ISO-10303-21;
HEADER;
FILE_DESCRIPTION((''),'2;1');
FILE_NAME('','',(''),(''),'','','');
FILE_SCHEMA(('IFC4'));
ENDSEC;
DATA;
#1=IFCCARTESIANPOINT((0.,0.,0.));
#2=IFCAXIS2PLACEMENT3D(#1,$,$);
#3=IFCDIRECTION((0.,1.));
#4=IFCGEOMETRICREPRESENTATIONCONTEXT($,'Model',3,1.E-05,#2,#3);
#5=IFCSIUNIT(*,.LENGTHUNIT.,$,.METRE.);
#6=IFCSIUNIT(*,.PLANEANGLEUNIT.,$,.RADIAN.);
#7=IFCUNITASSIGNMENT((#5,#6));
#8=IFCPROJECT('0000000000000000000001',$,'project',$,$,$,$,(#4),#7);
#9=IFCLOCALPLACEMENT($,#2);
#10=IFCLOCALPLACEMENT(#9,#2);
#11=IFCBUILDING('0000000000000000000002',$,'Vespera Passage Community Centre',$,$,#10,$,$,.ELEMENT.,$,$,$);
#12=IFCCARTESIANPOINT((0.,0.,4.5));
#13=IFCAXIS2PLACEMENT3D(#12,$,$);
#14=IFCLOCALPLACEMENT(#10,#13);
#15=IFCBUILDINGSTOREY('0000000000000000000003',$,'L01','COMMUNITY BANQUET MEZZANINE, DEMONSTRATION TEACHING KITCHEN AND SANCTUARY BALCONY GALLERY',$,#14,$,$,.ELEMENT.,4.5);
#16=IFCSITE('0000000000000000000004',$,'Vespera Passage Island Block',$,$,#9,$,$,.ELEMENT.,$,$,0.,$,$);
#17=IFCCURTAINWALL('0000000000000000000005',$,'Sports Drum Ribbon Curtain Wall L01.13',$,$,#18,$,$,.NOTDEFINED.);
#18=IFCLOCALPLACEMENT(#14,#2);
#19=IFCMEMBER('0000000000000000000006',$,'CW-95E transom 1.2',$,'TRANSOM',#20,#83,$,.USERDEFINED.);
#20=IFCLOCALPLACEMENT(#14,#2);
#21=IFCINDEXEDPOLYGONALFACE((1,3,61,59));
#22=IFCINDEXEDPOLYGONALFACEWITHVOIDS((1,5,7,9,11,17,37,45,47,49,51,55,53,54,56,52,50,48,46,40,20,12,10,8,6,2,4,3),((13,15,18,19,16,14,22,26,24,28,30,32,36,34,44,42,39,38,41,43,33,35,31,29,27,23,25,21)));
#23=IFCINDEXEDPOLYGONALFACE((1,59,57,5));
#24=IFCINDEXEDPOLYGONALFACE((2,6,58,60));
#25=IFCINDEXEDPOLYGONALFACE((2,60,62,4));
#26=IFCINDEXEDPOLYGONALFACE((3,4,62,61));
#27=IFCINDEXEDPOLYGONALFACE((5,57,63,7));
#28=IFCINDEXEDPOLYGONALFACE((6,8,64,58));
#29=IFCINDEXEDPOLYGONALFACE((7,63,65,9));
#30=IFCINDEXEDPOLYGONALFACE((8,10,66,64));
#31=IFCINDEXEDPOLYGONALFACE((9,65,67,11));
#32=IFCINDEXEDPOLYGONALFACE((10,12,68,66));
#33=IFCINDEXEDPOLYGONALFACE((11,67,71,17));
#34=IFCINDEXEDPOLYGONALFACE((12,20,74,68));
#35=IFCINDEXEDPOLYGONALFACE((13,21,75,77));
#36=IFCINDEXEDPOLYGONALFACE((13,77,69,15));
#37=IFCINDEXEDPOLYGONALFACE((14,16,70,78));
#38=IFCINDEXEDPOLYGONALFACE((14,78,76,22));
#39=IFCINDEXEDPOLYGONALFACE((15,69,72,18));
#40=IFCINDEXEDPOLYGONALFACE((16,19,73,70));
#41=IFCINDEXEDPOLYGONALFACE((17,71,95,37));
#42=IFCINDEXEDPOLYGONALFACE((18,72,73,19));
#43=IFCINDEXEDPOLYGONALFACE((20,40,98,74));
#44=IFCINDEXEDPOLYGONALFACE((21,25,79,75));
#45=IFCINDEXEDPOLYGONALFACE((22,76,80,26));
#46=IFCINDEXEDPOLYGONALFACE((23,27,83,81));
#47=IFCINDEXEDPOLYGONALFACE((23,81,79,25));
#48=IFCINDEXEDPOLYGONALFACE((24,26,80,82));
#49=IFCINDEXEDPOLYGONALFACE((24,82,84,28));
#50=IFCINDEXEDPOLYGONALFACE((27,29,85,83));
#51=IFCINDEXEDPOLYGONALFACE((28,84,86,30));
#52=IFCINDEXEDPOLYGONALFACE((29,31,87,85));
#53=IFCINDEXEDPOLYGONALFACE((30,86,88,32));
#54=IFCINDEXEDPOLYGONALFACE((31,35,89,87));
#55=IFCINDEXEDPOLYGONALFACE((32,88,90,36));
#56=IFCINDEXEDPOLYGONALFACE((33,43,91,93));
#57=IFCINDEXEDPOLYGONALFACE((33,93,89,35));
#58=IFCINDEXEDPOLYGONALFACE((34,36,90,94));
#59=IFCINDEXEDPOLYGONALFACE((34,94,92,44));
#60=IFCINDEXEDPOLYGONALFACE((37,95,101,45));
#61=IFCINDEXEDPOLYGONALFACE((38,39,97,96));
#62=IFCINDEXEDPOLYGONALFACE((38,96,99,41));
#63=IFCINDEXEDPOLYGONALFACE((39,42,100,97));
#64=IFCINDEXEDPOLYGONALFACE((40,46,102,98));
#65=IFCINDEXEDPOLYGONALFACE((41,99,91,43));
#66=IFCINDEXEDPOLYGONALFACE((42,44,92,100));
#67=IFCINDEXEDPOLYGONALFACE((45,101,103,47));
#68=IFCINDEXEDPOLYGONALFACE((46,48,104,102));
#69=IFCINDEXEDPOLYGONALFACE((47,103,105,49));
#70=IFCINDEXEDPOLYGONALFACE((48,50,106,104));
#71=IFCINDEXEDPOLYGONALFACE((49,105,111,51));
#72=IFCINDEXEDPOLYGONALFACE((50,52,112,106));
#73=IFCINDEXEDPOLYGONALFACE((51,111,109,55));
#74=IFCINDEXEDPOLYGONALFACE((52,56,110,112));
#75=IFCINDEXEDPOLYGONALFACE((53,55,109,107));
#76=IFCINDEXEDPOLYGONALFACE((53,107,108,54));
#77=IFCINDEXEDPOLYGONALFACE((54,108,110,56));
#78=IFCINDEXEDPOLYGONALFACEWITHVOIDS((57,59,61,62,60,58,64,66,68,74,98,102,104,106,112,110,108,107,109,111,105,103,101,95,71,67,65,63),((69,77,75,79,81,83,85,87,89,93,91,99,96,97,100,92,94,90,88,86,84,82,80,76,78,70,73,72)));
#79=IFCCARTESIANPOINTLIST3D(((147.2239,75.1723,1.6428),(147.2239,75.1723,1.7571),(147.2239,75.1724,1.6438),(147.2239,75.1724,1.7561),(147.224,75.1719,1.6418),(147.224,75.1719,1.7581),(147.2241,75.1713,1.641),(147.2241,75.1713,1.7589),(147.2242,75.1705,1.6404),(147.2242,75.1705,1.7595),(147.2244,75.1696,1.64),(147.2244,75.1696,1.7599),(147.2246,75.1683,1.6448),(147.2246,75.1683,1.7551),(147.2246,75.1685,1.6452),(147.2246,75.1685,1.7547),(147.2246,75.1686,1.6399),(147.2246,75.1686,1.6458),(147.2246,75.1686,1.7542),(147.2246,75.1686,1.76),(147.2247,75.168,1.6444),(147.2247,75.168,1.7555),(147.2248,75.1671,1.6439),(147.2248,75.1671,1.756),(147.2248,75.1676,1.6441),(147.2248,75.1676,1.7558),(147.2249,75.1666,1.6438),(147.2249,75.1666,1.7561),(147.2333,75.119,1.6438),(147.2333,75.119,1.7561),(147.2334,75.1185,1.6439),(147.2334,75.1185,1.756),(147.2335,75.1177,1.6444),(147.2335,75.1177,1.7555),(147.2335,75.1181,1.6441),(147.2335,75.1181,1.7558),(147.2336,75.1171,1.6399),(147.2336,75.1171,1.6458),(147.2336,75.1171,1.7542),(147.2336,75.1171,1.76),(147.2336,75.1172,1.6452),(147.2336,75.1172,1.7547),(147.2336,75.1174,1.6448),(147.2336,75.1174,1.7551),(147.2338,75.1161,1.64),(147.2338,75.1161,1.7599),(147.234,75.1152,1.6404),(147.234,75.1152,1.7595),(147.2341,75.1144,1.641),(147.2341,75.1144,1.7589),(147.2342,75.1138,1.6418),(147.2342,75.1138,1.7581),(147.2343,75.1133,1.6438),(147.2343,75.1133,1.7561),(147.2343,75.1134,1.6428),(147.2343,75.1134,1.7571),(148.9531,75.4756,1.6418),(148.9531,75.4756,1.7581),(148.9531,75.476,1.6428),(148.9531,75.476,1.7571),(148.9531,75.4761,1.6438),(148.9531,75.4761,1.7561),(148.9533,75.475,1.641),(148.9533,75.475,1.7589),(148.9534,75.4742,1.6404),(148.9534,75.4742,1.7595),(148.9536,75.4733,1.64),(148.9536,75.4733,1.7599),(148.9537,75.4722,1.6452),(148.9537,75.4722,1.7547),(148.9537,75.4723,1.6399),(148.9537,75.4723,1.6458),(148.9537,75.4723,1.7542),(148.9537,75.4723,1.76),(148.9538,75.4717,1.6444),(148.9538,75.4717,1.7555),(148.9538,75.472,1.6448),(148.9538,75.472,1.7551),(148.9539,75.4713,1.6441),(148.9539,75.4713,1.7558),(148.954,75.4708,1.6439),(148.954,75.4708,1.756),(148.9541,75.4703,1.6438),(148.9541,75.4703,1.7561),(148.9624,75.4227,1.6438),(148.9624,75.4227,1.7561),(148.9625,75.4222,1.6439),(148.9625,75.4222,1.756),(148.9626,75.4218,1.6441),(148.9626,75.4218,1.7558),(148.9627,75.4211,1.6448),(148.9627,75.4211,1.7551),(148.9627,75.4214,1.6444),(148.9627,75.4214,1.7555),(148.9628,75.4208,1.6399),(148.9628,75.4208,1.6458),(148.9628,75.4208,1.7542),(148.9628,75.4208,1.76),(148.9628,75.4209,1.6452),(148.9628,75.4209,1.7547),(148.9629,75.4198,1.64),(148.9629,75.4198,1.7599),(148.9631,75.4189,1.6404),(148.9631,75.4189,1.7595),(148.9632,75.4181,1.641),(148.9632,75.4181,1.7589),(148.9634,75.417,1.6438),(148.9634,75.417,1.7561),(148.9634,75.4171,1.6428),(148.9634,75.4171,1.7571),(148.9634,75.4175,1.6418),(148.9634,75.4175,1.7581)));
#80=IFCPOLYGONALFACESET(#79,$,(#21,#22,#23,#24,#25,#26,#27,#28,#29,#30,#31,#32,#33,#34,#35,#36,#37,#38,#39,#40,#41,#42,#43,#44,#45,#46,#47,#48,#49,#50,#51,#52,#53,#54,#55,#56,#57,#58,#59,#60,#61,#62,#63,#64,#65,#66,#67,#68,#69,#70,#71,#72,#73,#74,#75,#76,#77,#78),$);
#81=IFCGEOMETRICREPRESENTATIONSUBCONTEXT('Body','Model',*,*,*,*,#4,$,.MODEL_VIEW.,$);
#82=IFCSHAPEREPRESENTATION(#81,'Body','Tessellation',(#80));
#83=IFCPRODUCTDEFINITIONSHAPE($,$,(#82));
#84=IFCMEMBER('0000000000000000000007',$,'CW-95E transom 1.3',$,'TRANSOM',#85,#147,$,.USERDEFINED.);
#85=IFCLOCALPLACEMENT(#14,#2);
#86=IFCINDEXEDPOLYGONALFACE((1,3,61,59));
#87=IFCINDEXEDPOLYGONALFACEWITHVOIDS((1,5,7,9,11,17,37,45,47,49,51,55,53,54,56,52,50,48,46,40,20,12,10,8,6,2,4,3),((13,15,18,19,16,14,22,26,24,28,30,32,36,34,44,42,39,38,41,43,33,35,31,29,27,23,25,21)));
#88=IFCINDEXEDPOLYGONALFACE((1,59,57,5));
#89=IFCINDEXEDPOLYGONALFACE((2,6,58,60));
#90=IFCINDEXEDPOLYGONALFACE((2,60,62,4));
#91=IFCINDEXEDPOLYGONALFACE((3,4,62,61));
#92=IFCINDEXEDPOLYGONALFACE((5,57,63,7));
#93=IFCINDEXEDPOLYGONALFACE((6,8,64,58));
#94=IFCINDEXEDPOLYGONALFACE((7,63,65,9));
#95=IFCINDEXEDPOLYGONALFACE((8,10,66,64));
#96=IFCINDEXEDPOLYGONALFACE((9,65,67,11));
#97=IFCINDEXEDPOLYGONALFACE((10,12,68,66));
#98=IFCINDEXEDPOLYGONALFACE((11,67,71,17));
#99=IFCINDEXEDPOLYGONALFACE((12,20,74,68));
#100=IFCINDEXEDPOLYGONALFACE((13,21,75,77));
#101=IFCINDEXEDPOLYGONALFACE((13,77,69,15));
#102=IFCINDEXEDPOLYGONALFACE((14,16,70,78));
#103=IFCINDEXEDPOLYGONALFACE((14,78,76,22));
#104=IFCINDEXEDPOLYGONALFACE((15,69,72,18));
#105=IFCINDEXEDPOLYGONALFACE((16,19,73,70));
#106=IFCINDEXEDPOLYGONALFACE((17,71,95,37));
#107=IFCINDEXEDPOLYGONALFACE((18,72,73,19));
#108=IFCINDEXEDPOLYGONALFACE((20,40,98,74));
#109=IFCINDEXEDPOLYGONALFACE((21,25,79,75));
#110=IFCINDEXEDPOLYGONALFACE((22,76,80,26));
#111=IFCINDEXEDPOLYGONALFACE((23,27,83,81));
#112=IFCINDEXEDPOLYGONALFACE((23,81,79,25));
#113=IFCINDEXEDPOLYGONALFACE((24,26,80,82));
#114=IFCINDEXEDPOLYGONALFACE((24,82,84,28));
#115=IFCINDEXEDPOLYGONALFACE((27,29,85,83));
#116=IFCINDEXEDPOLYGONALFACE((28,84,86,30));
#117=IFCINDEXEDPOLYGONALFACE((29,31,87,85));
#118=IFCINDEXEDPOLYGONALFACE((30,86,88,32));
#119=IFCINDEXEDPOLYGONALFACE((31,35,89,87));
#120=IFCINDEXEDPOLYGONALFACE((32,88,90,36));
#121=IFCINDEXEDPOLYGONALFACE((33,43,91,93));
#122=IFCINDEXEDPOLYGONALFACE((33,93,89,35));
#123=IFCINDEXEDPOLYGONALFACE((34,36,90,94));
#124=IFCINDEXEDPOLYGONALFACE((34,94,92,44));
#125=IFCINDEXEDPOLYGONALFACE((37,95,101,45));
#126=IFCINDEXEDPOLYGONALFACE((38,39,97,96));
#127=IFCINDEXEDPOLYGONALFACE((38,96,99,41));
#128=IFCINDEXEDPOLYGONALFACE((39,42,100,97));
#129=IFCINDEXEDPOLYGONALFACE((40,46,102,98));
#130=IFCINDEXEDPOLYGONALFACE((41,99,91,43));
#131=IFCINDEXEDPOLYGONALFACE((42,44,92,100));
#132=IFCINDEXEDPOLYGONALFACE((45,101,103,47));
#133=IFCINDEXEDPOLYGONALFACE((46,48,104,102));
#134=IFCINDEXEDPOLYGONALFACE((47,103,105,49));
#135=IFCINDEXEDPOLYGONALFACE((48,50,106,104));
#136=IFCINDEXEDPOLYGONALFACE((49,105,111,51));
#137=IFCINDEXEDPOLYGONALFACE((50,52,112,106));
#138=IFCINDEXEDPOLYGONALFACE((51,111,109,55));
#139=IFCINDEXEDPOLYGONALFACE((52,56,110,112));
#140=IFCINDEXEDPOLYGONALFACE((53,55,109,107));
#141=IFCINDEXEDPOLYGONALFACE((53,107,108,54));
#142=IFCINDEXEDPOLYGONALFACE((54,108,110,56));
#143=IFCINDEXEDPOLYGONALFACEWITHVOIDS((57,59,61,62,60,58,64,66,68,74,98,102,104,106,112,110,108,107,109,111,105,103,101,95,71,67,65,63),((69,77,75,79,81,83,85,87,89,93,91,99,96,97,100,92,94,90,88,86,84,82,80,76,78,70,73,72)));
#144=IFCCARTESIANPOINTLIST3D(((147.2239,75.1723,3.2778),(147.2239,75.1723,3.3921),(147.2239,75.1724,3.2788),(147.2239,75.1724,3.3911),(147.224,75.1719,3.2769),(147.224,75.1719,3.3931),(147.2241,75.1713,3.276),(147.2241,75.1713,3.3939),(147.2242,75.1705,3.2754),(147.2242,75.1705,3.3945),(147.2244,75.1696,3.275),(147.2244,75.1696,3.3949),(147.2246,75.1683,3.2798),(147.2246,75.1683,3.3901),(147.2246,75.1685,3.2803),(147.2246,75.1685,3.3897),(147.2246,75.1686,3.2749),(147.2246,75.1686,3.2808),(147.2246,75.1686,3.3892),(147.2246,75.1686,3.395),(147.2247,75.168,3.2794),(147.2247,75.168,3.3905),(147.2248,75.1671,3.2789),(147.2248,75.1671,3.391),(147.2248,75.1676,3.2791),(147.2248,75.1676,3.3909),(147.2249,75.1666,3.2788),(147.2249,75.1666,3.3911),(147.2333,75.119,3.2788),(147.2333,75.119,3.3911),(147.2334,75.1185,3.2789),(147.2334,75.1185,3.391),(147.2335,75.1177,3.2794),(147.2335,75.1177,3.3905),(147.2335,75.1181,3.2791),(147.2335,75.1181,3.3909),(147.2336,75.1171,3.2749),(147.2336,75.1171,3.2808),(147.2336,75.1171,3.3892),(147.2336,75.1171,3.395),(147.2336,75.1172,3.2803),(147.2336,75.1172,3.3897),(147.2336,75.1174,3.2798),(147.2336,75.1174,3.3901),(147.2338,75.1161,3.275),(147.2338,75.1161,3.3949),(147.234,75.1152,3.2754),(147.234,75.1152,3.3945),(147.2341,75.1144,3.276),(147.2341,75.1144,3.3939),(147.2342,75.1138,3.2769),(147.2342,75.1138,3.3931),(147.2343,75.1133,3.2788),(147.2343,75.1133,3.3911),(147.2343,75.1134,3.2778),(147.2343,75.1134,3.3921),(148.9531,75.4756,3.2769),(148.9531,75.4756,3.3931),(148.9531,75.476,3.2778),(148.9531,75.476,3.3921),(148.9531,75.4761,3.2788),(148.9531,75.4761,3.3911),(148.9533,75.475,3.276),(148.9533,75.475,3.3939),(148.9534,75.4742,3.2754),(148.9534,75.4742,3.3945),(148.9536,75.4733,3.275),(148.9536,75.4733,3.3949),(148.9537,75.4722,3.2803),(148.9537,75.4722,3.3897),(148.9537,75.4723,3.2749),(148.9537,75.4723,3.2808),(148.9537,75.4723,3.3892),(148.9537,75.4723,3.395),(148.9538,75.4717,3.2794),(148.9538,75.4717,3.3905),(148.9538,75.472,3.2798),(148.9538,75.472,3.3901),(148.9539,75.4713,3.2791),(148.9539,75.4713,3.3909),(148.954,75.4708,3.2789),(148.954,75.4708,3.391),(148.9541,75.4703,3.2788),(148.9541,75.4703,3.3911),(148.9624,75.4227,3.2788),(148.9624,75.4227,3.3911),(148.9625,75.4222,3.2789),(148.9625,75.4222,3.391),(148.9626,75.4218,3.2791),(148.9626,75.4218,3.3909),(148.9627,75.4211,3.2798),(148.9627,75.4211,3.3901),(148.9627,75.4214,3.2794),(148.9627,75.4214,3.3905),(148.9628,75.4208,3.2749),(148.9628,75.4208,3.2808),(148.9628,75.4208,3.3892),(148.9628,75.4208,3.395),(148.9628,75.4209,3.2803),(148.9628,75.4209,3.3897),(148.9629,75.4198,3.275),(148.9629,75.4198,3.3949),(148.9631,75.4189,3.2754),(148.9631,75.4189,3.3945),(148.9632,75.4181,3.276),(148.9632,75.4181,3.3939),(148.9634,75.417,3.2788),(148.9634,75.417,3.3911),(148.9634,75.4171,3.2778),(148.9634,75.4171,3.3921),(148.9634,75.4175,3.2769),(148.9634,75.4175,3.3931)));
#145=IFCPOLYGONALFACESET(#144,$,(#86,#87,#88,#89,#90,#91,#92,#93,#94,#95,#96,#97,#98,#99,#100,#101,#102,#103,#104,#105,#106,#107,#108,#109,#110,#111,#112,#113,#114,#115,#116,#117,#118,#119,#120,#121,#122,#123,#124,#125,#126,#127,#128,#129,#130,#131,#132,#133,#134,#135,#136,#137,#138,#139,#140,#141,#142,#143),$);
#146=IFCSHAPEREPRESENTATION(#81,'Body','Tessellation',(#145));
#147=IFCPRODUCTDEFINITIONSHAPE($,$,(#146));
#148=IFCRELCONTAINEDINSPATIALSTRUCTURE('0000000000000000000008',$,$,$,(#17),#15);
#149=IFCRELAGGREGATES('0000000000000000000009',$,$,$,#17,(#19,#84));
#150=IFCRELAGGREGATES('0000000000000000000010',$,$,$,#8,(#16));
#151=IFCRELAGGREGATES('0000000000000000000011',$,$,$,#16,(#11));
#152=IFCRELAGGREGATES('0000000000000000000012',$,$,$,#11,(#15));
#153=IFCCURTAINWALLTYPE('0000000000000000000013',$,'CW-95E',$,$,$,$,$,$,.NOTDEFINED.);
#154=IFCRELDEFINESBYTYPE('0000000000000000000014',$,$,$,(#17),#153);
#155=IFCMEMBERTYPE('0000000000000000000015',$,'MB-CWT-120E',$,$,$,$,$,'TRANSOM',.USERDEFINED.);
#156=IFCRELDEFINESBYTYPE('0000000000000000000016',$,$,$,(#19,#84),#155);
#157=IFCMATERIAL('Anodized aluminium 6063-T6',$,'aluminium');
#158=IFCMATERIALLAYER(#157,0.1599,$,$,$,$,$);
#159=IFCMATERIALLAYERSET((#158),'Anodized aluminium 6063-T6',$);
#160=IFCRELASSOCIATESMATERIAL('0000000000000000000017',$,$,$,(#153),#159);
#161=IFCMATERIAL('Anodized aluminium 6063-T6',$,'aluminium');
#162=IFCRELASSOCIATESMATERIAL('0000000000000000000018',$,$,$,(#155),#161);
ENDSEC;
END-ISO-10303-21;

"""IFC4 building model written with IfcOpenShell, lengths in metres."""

from ifc_helpers import new_model, si_unit, direction, frame, origin, origin_2d, place, context, subcontext, project, spatial, hollow_rectangle, extrude, material, layer, layer_set, material_profile, profile_set, type_object, element, aggregate, save


model = new_model("IFC4")

# Units and contexts
model_context = context("Model", 3, precision=1e-05, world=origin(), true_north=direction((0.0, 1.0)))
body_context = subcontext(model_context, "Body", "Model", "MODEL_VIEW")
ifc_project = project(units=[si_unit("LENGTHUNIT", "METRE"), si_unit("PLANEANGLEUNIT", "RADIAN")], contexts=[model_context])

# Site, building, storey
site_placement = place(None, origin())
site = spatial("IfcSite", under=ifc_project, at=site_placement, Name="Vespera Passage Island Block", CompositionType="ELEMENT", RefElevation=0.0)
building_placement = place(site_placement, origin())
building = spatial("IfcBuilding", under=site, at=building_placement, Name="Vespera Passage Community Centre", CompositionType="ELEMENT")
storey_placement = place(building_placement, frame((0.0, 0.0, 4.5)))
storey = spatial("IfcBuildingStorey", under=building, at=storey_placement, Name="L01", Description="COMMUNITY BANQUET MEZZANINE, DEMONSTRATION TEACHING KITCHEN AND SANCTUARY BALCONY GALLERY", CompositionType="ELEMENT", Elevation=4.5)

# Curtain wall
ifc_material_1 = material(Name="Anodized aluminium 6063-T6", Category="aluminium")
ifc_layer_1 = layer(ifc_material_1, 0.1599)
ifc_layer_set_1 = layer_set([ifc_layer_1], Name="Anodized aluminium 6063-T6")
curtain_wall_type_1 = type_object("IfcCurtainWallType", Name="CW-95E", PredefinedType="NOTDEFINED", material=ifc_layer_set_1)
curtain_wall_1_placement = place(storey_placement, origin())
curtain_wall_1 = element("IfcCurtainWall", 1, at=curtain_wall_1_placement, inside=storey, type_object=curtain_wall_type_1, Name="Sports Drum Ribbon Curtain Wall L01.13", PredefinedType="NOTDEFINED")

# Members
ifc_material_2 = material(Name="Anodized aluminium 6063-T6", Category="aluminium")
ifc_material_profile_1 = material_profile(ifc_material_2, hollow_rectangle(XDim=0.0601, YDim=0.1201, WallThickness=0.0039, InnerFilletRadius=0.002, OuterFilletRadius=0.0039, at=origin_2d()), Name="ALU120X60X4")
ifc_profile_set_1 = profile_set([ifc_material_profile_1], Name="Anodized aluminium 6063-T6")
member_type_1 = type_object("IfcMemberType", Name="MB-CWT-120E", ElementType="TRANSOM", PredefinedType="USERDEFINED", material=ifc_profile_set_1)
member_1_placement = place(storey_placement, frame((148.9583, 75.4465, 1.7), z_axis=(-0.984925, -0.172984, 0.0), x_axis=(0.172984, -0.984925, 0.0)))
member_1 = element("IfcMember", 2, at=member_1_placement, type_object=member_type_1, Name="CW-95E transom 1.2", ObjectType="TRANSOM", PredefinedType="USERDEFINED", context=body_context, shape_type="SweptSolid", body=[
    extrude(hollow_rectangle(XDim=0.0601, YDim=0.1201, WallThickness=0.0039, InnerFilletRadius=0.002, OuterFilletRadius=0.0039, at=origin_2d()), origin(), (0.0, 0.0, 1.0), 1.7556),
])
member_2_placement = place(storey_placement, frame((148.9583, 75.4465, 3.335), z_axis=(-0.984925, -0.172984, 0.0), x_axis=(0.172984, -0.984925, 0.0)))
member_2 = element("IfcMember", 3, at=member_2_placement, type_object=member_type_1, Name="CW-95E transom 1.3", ObjectType="TRANSOM", PredefinedType="USERDEFINED", context=body_context, shape_type="SweptSolid", body=[
    extrude(hollow_rectangle(XDim=0.0601, YDim=0.1201, WallThickness=0.0039, InnerFilletRadius=0.002, OuterFilletRadius=0.0039, at=origin_2d()), origin(), (0.0, 0.0, 1.0), 1.7556),
])

aggregate(curtain_wall_1, [member_1, member_2])

save(model, "model.ifc")
